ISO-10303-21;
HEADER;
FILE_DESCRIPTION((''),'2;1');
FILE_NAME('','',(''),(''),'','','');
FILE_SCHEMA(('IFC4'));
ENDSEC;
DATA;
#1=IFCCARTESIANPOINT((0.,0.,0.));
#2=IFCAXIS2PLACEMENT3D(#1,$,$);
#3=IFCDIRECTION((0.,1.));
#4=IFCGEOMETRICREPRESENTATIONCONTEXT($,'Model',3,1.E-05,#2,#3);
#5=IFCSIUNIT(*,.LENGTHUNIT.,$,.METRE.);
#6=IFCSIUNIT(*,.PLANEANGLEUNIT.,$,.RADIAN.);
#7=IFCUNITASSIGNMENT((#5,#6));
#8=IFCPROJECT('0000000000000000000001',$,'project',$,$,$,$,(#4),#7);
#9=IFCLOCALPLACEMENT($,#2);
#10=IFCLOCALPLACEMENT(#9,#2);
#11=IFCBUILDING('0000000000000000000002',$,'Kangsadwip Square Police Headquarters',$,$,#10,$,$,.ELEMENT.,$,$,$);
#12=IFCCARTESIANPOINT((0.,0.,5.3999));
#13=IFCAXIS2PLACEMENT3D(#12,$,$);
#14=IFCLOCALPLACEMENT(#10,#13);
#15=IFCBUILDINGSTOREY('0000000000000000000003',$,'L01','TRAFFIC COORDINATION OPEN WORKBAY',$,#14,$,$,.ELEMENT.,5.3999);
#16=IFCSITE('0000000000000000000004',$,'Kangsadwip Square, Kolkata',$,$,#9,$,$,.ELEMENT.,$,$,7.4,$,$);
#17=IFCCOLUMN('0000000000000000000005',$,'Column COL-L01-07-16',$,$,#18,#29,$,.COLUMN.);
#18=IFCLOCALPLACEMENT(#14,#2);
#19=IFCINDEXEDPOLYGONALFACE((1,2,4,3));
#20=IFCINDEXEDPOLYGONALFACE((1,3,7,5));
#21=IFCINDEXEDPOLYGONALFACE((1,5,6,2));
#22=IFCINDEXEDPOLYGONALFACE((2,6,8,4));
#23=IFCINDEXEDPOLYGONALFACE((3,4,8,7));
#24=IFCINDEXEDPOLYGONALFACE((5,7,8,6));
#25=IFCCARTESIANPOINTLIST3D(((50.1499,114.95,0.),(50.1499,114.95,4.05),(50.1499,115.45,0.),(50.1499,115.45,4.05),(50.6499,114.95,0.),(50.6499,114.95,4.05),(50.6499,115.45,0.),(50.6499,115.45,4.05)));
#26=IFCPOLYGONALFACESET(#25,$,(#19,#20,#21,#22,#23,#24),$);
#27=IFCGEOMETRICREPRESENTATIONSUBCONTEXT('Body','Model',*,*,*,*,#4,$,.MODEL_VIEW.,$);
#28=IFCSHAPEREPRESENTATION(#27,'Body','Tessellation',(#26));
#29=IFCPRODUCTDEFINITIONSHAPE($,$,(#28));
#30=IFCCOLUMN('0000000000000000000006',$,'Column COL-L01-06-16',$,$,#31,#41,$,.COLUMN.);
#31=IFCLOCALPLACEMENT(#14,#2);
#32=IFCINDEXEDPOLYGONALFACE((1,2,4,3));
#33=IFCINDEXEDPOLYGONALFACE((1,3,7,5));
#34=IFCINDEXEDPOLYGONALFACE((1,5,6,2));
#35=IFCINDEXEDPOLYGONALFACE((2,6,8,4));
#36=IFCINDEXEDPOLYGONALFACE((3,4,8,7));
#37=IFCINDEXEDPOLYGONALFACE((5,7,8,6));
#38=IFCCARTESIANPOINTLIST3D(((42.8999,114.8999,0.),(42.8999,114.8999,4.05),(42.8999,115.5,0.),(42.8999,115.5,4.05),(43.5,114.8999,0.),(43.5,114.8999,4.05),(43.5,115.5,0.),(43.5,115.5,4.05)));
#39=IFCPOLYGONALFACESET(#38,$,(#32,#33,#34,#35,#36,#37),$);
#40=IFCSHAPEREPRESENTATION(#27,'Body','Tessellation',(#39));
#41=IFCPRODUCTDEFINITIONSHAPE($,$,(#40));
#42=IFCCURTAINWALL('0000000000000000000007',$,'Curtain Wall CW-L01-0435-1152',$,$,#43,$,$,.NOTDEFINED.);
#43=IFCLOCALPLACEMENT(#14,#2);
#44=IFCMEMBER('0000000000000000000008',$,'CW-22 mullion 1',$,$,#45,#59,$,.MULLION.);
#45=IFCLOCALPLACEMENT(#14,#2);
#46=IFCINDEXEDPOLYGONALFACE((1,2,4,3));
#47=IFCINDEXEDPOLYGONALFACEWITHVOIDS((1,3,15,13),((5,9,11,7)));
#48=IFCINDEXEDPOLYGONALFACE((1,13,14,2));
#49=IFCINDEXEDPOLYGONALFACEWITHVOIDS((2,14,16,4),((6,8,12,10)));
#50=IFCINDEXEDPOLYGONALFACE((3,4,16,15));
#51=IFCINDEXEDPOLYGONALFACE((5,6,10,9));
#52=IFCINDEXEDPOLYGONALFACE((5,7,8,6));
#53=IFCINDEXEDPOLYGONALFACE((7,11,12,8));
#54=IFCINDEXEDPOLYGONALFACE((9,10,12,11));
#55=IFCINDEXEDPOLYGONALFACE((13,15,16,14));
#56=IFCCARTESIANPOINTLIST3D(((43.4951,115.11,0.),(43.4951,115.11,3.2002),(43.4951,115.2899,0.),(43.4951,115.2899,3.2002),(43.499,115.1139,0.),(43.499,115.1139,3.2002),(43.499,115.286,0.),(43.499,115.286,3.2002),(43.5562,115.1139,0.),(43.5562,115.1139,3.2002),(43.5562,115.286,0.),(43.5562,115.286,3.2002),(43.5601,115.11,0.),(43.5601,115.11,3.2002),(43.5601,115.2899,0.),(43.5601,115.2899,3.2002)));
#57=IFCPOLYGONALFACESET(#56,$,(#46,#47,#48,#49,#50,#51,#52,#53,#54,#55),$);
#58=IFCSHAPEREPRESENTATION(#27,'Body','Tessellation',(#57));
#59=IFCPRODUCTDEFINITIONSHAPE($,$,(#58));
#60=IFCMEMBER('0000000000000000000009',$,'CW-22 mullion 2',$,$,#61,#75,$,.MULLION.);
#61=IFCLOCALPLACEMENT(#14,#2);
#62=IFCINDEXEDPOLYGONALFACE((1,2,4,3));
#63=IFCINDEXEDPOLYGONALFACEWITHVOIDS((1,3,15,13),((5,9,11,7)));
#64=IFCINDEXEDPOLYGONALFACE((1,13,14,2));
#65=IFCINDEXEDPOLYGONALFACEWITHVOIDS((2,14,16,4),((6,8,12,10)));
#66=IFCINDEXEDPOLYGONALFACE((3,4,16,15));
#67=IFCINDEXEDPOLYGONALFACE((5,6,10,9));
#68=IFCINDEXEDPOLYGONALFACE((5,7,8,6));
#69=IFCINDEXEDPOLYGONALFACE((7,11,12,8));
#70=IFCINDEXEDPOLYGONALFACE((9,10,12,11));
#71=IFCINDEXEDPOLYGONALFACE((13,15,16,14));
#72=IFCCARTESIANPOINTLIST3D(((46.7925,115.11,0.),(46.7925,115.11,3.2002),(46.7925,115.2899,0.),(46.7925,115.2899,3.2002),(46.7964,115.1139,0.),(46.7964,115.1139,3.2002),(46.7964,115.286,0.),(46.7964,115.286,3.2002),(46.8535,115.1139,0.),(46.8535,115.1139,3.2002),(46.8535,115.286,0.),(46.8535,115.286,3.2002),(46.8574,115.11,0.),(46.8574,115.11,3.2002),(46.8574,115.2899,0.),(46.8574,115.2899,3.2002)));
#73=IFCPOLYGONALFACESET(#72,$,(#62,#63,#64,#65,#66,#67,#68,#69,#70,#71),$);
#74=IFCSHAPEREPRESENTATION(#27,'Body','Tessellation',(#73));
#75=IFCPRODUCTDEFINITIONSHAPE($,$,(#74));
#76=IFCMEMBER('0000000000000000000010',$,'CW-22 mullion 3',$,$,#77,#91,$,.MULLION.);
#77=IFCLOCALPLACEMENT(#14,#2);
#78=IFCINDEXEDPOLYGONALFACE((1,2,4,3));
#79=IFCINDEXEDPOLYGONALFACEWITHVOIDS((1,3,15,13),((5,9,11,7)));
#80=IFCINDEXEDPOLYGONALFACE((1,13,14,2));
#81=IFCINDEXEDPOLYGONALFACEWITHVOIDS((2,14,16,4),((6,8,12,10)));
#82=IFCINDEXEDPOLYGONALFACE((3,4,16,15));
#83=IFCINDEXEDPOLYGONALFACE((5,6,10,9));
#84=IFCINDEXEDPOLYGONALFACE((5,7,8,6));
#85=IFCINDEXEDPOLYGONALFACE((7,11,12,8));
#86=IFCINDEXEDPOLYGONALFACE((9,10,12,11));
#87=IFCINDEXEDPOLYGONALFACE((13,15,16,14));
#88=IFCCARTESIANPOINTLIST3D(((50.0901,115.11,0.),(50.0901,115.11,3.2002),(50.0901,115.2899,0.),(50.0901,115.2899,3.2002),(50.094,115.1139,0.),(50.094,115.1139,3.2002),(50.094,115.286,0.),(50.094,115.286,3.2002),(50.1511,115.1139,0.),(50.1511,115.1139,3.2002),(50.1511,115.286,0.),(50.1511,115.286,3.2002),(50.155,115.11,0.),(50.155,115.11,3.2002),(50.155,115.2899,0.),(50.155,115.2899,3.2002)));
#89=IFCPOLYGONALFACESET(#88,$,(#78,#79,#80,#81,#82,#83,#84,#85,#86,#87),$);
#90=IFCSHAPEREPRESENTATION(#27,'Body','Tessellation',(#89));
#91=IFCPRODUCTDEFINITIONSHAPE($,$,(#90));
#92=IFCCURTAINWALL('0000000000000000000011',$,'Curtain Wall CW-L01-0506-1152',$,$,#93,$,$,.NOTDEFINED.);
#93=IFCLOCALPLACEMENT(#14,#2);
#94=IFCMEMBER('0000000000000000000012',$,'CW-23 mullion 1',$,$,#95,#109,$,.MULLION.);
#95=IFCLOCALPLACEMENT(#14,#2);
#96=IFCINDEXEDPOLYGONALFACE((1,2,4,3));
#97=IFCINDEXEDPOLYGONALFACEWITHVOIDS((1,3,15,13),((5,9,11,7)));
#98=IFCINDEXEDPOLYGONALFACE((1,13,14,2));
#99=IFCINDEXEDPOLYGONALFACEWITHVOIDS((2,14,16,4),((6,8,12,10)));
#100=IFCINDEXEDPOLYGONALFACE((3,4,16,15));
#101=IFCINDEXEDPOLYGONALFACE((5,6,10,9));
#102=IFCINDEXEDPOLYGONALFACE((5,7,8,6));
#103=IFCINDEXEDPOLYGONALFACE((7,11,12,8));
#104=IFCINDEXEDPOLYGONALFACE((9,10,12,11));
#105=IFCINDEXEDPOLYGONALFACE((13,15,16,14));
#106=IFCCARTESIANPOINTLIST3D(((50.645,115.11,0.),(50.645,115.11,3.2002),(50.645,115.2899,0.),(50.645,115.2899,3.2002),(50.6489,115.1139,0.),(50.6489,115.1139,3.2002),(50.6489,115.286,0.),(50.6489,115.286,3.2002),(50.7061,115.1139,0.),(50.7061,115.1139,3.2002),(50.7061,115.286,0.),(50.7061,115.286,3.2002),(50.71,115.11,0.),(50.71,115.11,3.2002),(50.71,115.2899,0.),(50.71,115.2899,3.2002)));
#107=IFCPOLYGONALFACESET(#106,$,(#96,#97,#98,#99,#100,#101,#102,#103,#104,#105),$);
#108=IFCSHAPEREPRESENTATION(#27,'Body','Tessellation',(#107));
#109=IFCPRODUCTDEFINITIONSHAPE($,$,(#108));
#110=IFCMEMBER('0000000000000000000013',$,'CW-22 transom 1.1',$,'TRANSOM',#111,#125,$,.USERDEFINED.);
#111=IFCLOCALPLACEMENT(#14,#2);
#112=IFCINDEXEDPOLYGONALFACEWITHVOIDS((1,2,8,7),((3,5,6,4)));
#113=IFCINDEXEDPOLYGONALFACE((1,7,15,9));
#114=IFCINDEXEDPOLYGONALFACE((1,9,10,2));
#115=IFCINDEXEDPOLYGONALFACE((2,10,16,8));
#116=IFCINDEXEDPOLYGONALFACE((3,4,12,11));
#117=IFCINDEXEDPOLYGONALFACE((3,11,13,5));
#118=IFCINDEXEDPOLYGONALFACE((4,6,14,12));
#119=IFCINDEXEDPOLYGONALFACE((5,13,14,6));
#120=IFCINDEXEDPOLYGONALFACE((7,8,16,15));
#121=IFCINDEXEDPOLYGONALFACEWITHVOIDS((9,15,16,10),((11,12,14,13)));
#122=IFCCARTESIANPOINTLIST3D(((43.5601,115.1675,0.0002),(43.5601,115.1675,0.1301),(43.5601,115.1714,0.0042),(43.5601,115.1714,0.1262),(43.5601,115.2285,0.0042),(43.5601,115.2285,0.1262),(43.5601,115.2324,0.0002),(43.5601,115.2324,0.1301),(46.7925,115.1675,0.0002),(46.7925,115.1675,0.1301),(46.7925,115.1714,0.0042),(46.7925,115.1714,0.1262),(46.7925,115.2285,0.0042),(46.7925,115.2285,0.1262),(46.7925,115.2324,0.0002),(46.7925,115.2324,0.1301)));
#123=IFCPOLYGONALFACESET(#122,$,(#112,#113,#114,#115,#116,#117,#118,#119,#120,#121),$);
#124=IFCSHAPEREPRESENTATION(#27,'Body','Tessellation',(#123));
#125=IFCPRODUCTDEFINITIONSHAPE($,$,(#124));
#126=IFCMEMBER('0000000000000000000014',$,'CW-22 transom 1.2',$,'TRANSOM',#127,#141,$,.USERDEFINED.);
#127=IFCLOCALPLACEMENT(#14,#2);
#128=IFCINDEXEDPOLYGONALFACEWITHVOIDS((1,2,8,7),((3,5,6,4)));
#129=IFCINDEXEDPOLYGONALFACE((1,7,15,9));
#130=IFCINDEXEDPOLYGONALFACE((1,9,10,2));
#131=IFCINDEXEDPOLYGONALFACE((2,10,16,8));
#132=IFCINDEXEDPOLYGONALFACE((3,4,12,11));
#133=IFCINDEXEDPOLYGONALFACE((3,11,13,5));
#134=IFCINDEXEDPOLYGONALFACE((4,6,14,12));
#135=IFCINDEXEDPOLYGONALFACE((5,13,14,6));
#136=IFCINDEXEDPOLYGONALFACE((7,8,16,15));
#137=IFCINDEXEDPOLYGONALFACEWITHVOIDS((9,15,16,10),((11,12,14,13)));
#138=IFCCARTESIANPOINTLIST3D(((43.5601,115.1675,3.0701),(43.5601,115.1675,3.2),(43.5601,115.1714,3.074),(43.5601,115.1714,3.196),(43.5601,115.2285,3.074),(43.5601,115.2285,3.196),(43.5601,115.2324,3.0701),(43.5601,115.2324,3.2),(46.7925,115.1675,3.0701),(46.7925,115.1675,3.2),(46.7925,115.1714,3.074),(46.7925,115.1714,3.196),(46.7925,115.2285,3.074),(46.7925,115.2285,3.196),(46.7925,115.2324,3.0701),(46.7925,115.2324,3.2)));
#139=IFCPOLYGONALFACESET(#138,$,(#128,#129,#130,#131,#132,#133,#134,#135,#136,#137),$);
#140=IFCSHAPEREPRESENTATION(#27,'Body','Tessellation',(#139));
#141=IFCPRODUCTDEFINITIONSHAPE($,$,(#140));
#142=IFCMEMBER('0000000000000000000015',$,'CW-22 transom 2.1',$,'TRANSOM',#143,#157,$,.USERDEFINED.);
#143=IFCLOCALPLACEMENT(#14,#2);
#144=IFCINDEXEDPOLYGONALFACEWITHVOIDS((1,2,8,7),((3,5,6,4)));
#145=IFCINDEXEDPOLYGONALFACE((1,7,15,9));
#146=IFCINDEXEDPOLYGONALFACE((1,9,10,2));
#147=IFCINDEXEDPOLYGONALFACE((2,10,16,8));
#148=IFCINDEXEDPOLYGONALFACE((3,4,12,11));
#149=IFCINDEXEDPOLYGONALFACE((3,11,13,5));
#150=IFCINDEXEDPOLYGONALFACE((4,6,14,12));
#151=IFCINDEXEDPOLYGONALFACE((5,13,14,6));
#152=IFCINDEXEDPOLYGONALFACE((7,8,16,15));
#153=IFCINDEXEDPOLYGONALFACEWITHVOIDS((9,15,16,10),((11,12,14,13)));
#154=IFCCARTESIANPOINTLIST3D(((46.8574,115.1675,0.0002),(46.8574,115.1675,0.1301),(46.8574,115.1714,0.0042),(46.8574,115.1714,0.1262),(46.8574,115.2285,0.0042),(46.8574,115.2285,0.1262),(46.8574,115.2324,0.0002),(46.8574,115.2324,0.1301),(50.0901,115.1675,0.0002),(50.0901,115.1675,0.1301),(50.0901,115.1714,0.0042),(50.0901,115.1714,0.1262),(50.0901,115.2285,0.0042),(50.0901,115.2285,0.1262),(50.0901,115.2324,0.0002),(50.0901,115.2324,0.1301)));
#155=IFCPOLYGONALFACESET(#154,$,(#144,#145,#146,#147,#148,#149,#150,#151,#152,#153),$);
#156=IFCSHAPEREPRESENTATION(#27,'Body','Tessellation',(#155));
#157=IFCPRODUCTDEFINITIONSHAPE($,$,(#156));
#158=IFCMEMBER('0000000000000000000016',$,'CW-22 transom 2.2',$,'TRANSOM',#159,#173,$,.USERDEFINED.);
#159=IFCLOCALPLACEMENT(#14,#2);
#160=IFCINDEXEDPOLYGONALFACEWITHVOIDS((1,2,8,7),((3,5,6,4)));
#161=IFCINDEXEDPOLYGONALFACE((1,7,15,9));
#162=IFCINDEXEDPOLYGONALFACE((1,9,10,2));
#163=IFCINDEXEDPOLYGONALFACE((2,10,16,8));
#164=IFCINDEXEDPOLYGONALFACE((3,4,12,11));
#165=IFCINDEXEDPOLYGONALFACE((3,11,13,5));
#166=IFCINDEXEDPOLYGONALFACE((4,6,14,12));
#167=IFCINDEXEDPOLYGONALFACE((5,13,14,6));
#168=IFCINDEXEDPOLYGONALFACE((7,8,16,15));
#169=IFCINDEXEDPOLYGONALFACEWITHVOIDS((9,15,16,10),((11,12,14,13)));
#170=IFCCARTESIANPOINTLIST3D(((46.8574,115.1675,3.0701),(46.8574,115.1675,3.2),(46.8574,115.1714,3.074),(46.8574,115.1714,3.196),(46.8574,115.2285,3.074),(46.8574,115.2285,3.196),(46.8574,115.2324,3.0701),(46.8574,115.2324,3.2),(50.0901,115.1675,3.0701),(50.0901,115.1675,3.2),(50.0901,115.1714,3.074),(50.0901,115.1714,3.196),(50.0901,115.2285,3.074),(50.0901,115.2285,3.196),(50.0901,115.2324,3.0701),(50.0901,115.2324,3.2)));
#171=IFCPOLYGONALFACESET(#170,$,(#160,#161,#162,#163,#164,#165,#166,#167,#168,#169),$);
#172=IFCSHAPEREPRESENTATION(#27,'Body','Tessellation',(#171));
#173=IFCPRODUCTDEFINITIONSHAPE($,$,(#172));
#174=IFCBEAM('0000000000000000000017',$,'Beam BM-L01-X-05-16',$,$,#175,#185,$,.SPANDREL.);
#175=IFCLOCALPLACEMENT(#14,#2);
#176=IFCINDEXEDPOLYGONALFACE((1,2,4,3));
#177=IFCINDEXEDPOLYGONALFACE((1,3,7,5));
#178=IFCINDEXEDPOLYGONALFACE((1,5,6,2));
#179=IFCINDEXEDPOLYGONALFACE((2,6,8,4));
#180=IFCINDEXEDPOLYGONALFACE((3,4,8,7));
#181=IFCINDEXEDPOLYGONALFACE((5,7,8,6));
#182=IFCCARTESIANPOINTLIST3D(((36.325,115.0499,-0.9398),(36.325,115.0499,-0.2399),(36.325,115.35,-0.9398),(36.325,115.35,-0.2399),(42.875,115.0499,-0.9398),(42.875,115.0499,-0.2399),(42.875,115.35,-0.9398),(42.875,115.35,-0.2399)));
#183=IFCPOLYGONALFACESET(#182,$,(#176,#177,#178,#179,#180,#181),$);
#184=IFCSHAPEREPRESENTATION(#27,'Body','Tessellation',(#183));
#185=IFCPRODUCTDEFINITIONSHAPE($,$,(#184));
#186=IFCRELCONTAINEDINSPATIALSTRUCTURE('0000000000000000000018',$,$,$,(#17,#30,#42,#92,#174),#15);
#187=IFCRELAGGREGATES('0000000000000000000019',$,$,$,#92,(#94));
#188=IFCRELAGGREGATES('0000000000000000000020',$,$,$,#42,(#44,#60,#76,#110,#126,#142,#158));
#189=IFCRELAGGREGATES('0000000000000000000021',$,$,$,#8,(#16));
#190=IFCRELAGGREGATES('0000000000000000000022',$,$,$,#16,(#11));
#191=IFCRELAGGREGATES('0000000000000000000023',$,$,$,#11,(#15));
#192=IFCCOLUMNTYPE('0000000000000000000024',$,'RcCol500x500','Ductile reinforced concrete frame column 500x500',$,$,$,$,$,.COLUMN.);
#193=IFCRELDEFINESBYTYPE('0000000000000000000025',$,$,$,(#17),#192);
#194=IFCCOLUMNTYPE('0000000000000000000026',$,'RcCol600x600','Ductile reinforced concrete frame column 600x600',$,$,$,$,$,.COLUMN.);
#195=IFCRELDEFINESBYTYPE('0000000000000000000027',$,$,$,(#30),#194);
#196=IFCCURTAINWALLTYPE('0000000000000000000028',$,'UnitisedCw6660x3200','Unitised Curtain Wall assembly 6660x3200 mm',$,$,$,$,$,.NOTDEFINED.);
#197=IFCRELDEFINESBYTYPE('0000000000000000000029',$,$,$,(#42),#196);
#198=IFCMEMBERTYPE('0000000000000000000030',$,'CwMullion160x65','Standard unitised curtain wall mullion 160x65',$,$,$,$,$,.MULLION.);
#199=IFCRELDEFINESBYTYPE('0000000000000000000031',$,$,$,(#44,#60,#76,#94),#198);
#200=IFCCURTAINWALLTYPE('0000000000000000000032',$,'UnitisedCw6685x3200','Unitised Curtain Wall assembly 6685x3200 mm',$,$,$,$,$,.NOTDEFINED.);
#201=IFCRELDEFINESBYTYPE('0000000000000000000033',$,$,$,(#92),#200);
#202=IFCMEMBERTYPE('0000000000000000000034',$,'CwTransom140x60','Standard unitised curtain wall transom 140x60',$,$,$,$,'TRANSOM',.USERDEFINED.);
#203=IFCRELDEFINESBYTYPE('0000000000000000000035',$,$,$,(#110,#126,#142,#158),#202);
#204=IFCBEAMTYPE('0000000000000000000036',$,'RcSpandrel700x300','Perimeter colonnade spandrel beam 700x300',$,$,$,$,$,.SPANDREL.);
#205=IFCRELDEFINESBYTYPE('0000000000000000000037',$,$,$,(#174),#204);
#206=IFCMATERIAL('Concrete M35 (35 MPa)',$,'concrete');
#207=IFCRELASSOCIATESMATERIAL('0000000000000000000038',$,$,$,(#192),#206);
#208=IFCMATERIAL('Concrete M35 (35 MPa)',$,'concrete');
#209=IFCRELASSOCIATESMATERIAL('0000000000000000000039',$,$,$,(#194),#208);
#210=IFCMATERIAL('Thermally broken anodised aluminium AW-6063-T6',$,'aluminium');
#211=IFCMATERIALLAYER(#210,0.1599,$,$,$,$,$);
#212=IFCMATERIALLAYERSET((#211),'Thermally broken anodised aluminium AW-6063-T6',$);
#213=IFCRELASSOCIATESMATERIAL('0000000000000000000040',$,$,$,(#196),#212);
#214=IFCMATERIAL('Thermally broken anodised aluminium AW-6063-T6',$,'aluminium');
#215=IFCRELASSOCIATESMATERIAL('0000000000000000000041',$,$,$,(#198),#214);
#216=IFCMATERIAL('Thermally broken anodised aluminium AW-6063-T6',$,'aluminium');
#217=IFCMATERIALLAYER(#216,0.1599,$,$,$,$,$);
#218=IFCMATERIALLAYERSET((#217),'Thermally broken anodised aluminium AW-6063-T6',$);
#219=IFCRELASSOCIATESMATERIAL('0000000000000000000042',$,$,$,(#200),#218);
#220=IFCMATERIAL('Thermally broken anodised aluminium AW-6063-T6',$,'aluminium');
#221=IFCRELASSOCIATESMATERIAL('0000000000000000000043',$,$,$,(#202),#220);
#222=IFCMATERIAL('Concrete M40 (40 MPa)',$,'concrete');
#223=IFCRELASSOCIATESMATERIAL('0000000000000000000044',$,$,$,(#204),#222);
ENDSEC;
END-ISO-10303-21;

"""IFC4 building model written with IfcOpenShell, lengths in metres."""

from ifc_helpers import new_model, si_unit, direction, frame, origin, origin_2d, place, context, subcontext, project, spatial, rectangle, hollow_rectangle, extrude, material, layer, layer_set, material_profile, profile_set, type_object, element, aggregate, save


model = new_model("IFC4")

# Units and contexts
model_context = context("Model", 3, precision=1e-05, world=origin(), true_north=direction((0.0, 1.0)))
body_context = subcontext(model_context, "Body", "Model", "MODEL_VIEW")
ifc_project = project(units=[si_unit("LENGTHUNIT", "METRE"), si_unit("PLANEANGLEUNIT", "RADIAN")], contexts=[model_context])

# Site, building, storey
site_placement = place(None, origin())
site = spatial("IfcSite", under=ifc_project, at=site_placement, Name="Kangsadwip Square, Kolkata", CompositionType="ELEMENT", RefElevation=7.4)
building_placement = place(site_placement, origin())
building = spatial("IfcBuilding", under=site, at=building_placement, Name="Kangsadwip Square Police Headquarters", CompositionType="ELEMENT")
storey_placement = place(building_placement, frame((0.0, 0.0, 5.3999)))
storey = spatial("IfcBuildingStorey", under=building, at=storey_placement, Name="L01", Description="TRAFFIC COORDINATION OPEN WORKBAY", CompositionType="ELEMENT", Elevation=5.3999)

# Columns
ifc_material_1 = material(Name="Concrete M35 (35 MPa)", Category="concrete")
ifc_material_profile_1 = material_profile(ifc_material_1, rectangle(XDim=0.5, YDim=0.5, at=origin_2d()), Name="RC COL 500X500")
ifc_profile_set_1 = profile_set([ifc_material_profile_1], Name="Concrete M35 (35 MPa)")
column_type_1 = type_object("IfcColumnType", Name="RcCol500x500", Description="Ductile reinforced concrete frame column 500x500", PredefinedType="COLUMN", material=ifc_profile_set_1)
column_1_placement = place(storey_placement, frame((50.3999, 115.2, 0.0), z_axis=(0.0, 0.0, 1.0), x_axis=(1.0, 0.0, 0.0)))
element("IfcColumn", 1, at=column_1_placement, inside=storey, type_object=column_type_1, Name="Column COL-L01-07-16", PredefinedType="COLUMN", context=body_context, shape_type="SweptSolid", body=[
    extrude(rectangle(XDim=0.5, YDim=0.5, at=origin_2d()), origin(), (0.0, 0.0, 1.0), 4.05),
])
ifc_material_2 = material(Name="Concrete M35 (35 MPa)", Category="concrete")
ifc_material_profile_2 = material_profile(ifc_material_2, rectangle(XDim=0.6001, YDim=0.6001, at=origin_2d()), Name="RC COL 600X600")
ifc_profile_set_2 = profile_set([ifc_material_profile_2], Name="Concrete M35 (35 MPa)")
column_type_2 = type_object("IfcColumnType", Name="RcCol600x600", Description="Ductile reinforced concrete frame column 600x600", PredefinedType="COLUMN", material=ifc_profile_set_2)
column_2_placement = place(storey_placement, frame((43.2, 115.2, 0.0), z_axis=(0.0, 0.0, 1.0), x_axis=(1.0, 0.0, 0.0)))
element("IfcColumn", 2, at=column_2_placement, inside=storey, type_object=column_type_2, Name="Column COL-L01-06-16", PredefinedType="COLUMN", context=body_context, shape_type="SweptSolid", body=[
    extrude(rectangle(XDim=0.6001, YDim=0.6001, at=origin_2d()), origin(), (0.0, 0.0, 1.0), 4.05),
])

# Curtain wall, members
ifc_material_3 = material(Name="Thermally broken anodised aluminium AW-6063-T6", Category="aluminium")
ifc_layer_1 = layer(ifc_material_3, 0.1599)
ifc_layer_set_1 = layer_set([ifc_layer_1], Name="Thermally broken anodised aluminium AW-6063-T6")
curtain_wall_type_1 = type_object("IfcCurtainWallType", Name="UnitisedCw6660x3200", Description="Unitised Curtain Wall assembly 6660x3200 mm", PredefinedType="NOTDEFINED", material=ifc_layer_set_1)
curtain_wall_1_placement = place(storey_placement, origin())
curtain_wall_1 = element("IfcCurtainWall", 3, at=curtain_wall_1_placement, inside=storey, type_object=curtain_wall_type_1, Name="Curtain Wall CW-L01-0435-1152", PredefinedType="NOTDEFINED")
ifc_material_4 = material(Name="Thermally broken anodised aluminium AW-6063-T6", Category="aluminium")
ifc_material_profile_3 = material_profile(ifc_material_4, hollow_rectangle(XDim=0.0649, YDim=0.1799, WallThickness=0.0039, at=origin_2d()), Name="CWM 180X65X4")
ifc_profile_set_3 = profile_set([ifc_material_profile_3], Name="Thermally broken anodised aluminium AW-6063-T6")
member_type_1 = type_object("IfcMemberType", Name="CwMullion160x65", Description="Standard unitised curtain wall mullion 160x65", PredefinedType="MULLION", material=ifc_profile_set_3)
member_1_placement = place(storey_placement, frame((43.5276, 115.2, 0.0), z_axis=(0.0, 0.0, 1.0), x_axis=(1.0, 0.0, 0.0)))
member_1 = element("IfcMember", 4, at=member_1_placement, type_object=member_type_1, Name="CW-22 mullion 1", PredefinedType="MULLION", context=body_context, shape_type="SweptSolid", body=[
    extrude(hollow_rectangle(XDim=0.0649, YDim=0.1799, WallThickness=0.0039, at=origin_2d()), origin(), (0.0, 0.0, 1.0), 3.2002),
])
member_2_placement = place(storey_placement, frame((46.825, 115.2, 0.0), z_axis=(0.0, 0.0, 1.0), x_axis=(1.0, 0.0, 0.0)))
member_2 = element("IfcMember", 5, at=member_2_placement, type_object=member_type_1, Name="CW-22 mullion 2", PredefinedType="MULLION", context=body_context, shape_type="SweptSolid", body=[
    extrude(hollow_rectangle(XDim=0.0649, YDim=0.1799, WallThickness=0.0039, at=origin_2d()), origin(), (0.0, 0.0, 1.0), 3.2002),
])
member_3_placement = place(storey_placement, frame((50.1226, 115.2, 0.0), z_axis=(0.0, 0.0, 1.0), x_axis=(1.0, 0.0, 0.0)))
member_3 = element("IfcMember", 6, at=member_3_placement, type_object=member_type_1, Name="CW-22 mullion 3", PredefinedType="MULLION", context=body_context, shape_type="SweptSolid", body=[
    extrude(hollow_rectangle(XDim=0.0649, YDim=0.1799, WallThickness=0.0039, at=origin_2d()), origin(), (0.0, 0.0, 1.0), 3.2002),
])

# Curtain wall, member
ifc_material_5 = material(Name="Thermally broken anodised aluminium AW-6063-T6", Category="aluminium")
ifc_layer_2 = layer(ifc_material_5, 0.1599)
ifc_layer_set_2 = layer_set([ifc_layer_2], Name="Thermally broken anodised aluminium AW-6063-T6")
curtain_wall_type_2 = type_object("IfcCurtainWallType", Name="UnitisedCw6685x3200", Description="Unitised Curtain Wall assembly 6685x3200 mm", PredefinedType="NOTDEFINED", material=ifc_layer_set_2)
curtain_wall_2_placement = place(storey_placement, origin())
curtain_wall_2 = element("IfcCurtainWall", 7, at=curtain_wall_2_placement, inside=storey, type_object=curtain_wall_type_2, Name="Curtain Wall CW-L01-0506-1152", PredefinedType="NOTDEFINED")
member_4_placement = place(storey_placement, frame((50.6775, 115.2, 0.0), z_axis=(0.0, 0.0, 1.0), x_axis=(1.0, 0.0, 0.0)))
member_4 = element("IfcMember", 8, at=member_4_placement, type_object=member_type_1, Name="CW-23 mullion 1", PredefinedType="MULLION", context=body_context, shape_type="SweptSolid", body=[
    extrude(hollow_rectangle(XDim=0.0649, YDim=0.1799, WallThickness=0.0039, at=origin_2d()), origin(), (0.0, 0.0, 1.0), 3.2002),
])
aggregate(curtain_wall_2, [member_4])

# Members
ifc_material_6 = material(Name="Thermally broken anodised aluminium AW-6063-T6", Category="aluminium")
ifc_material_profile_4 = material_profile(ifc_material_6, hollow_rectangle(XDim=0.0649, YDim=0.1299, WallThickness=0.0039, at=origin_2d()), Name="CWT 130X65X4")
ifc_profile_set_4 = profile_set([ifc_material_profile_4], Name="Thermally broken anodised aluminium AW-6063-T6")
member_type_2 = type_object("IfcMemberType", Name="CwTransom140x60", Description="Standard unitised curtain wall transom 140x60", ElementType="TRANSOM", PredefinedType="USERDEFINED", material=ifc_profile_set_4)
member_5_placement = place(storey_placement, frame((43.5601, 115.2, 0.0652), z_axis=(1.0, 0.0, 0.0), x_axis=(0.0, 1.0, 0.0)))
member_5 = element("IfcMember", 9, at=member_5_placement, type_object=member_type_2, Name="CW-22 transom 1.1", ObjectType="TRANSOM", PredefinedType="USERDEFINED", context=body_context, shape_type="SweptSolid", body=[
    extrude(hollow_rectangle(XDim=0.0649, YDim=0.1299, WallThickness=0.0039, at=origin_2d()), origin(), (0.0, 0.0, 1.0), 3.2324),
])
member_6_placement = place(storey_placement, frame((43.5601, 115.2, 3.135), z_axis=(1.0, 0.0, 0.0), x_axis=(0.0, 1.0, 0.0)))
member_6 = element("IfcMember", 10, at=member_6_placement, type_object=member_type_2, Name="CW-22 transom 1.2", ObjectType="TRANSOM", PredefinedType="USERDEFINED", context=body_context, shape_type="SweptSolid", body=[
    extrude(hollow_rectangle(XDim=0.0649, YDim=0.1299, WallThickness=0.0039, at=origin_2d()), origin(), (0.0, 0.0, 1.0), 3.2324),
])
member_7_placement = place(storey_placement, frame((46.8574, 115.2, 0.0652), z_axis=(1.0, 0.0, 0.0), x_axis=(0.0, 1.0, 0.0)))
member_7 = element("IfcMember", 11, at=member_7_placement, type_object=member_type_2, Name="CW-22 transom 2.1", ObjectType="TRANSOM", PredefinedType="USERDEFINED", context=body_context, shape_type="SweptSolid", body=[
    extrude(hollow_rectangle(XDim=0.0649, YDim=0.1299, WallThickness=0.0039, at=origin_2d()), origin(), (0.0, 0.0, 1.0), 3.2327),
])
member_8_placement = place(storey_placement, frame((46.8574, 115.2, 3.135), z_axis=(1.0, 0.0, 0.0), x_axis=(0.0, 1.0, 0.0)))
member_8 = element("IfcMember", 12, at=member_8_placement, type_object=member_type_2, Name="CW-22 transom 2.2", ObjectType="TRANSOM", PredefinedType="USERDEFINED", context=body_context, shape_type="SweptSolid", body=[
    extrude(hollow_rectangle(XDim=0.0649, YDim=0.1299, WallThickness=0.0039, at=origin_2d()), origin(), (0.0, 0.0, 1.0), 3.2327),
])

# Beam
ifc_material_7 = material(Name="Concrete M40 (40 MPa)", Category="concrete")
ifc_material_profile_5 = material_profile(ifc_material_7, rectangle(XDim=0.3, YDim=0.7, at=origin_2d()), Name="RC SPN 700X300")
ifc_profile_set_5 = profile_set([ifc_material_profile_5], Name="Concrete M40 (40 MPa)")
beam_type_1 = type_object("IfcBeamType", Name="RcSpandrel700x300", Description="Perimeter colonnade spandrel beam 700x300", PredefinedType="SPANDREL", material=ifc_profile_set_5)
beam_1_placement = place(storey_placement, frame((36.325, 115.2, -0.5898), z_axis=(1.0, 0.0, 0.0), x_axis=(0.0, 1.0, 0.0)))
element("IfcBeam", 13, at=beam_1_placement, inside=storey, type_object=beam_type_1, Name="Beam BM-L01-X-05-16", PredefinedType="SPANDREL", context=body_context, shape_type="SweptSolid", body=[
    extrude(rectangle(XDim=0.3, YDim=0.7, at=origin_2d()), origin(), (0.0, 0.0, 1.0), 6.55),
])

aggregate(curtain_wall_1, [member_1, member_2, member_3, member_5, member_6, member_7, member_8])

save(model, "model.ifc")
